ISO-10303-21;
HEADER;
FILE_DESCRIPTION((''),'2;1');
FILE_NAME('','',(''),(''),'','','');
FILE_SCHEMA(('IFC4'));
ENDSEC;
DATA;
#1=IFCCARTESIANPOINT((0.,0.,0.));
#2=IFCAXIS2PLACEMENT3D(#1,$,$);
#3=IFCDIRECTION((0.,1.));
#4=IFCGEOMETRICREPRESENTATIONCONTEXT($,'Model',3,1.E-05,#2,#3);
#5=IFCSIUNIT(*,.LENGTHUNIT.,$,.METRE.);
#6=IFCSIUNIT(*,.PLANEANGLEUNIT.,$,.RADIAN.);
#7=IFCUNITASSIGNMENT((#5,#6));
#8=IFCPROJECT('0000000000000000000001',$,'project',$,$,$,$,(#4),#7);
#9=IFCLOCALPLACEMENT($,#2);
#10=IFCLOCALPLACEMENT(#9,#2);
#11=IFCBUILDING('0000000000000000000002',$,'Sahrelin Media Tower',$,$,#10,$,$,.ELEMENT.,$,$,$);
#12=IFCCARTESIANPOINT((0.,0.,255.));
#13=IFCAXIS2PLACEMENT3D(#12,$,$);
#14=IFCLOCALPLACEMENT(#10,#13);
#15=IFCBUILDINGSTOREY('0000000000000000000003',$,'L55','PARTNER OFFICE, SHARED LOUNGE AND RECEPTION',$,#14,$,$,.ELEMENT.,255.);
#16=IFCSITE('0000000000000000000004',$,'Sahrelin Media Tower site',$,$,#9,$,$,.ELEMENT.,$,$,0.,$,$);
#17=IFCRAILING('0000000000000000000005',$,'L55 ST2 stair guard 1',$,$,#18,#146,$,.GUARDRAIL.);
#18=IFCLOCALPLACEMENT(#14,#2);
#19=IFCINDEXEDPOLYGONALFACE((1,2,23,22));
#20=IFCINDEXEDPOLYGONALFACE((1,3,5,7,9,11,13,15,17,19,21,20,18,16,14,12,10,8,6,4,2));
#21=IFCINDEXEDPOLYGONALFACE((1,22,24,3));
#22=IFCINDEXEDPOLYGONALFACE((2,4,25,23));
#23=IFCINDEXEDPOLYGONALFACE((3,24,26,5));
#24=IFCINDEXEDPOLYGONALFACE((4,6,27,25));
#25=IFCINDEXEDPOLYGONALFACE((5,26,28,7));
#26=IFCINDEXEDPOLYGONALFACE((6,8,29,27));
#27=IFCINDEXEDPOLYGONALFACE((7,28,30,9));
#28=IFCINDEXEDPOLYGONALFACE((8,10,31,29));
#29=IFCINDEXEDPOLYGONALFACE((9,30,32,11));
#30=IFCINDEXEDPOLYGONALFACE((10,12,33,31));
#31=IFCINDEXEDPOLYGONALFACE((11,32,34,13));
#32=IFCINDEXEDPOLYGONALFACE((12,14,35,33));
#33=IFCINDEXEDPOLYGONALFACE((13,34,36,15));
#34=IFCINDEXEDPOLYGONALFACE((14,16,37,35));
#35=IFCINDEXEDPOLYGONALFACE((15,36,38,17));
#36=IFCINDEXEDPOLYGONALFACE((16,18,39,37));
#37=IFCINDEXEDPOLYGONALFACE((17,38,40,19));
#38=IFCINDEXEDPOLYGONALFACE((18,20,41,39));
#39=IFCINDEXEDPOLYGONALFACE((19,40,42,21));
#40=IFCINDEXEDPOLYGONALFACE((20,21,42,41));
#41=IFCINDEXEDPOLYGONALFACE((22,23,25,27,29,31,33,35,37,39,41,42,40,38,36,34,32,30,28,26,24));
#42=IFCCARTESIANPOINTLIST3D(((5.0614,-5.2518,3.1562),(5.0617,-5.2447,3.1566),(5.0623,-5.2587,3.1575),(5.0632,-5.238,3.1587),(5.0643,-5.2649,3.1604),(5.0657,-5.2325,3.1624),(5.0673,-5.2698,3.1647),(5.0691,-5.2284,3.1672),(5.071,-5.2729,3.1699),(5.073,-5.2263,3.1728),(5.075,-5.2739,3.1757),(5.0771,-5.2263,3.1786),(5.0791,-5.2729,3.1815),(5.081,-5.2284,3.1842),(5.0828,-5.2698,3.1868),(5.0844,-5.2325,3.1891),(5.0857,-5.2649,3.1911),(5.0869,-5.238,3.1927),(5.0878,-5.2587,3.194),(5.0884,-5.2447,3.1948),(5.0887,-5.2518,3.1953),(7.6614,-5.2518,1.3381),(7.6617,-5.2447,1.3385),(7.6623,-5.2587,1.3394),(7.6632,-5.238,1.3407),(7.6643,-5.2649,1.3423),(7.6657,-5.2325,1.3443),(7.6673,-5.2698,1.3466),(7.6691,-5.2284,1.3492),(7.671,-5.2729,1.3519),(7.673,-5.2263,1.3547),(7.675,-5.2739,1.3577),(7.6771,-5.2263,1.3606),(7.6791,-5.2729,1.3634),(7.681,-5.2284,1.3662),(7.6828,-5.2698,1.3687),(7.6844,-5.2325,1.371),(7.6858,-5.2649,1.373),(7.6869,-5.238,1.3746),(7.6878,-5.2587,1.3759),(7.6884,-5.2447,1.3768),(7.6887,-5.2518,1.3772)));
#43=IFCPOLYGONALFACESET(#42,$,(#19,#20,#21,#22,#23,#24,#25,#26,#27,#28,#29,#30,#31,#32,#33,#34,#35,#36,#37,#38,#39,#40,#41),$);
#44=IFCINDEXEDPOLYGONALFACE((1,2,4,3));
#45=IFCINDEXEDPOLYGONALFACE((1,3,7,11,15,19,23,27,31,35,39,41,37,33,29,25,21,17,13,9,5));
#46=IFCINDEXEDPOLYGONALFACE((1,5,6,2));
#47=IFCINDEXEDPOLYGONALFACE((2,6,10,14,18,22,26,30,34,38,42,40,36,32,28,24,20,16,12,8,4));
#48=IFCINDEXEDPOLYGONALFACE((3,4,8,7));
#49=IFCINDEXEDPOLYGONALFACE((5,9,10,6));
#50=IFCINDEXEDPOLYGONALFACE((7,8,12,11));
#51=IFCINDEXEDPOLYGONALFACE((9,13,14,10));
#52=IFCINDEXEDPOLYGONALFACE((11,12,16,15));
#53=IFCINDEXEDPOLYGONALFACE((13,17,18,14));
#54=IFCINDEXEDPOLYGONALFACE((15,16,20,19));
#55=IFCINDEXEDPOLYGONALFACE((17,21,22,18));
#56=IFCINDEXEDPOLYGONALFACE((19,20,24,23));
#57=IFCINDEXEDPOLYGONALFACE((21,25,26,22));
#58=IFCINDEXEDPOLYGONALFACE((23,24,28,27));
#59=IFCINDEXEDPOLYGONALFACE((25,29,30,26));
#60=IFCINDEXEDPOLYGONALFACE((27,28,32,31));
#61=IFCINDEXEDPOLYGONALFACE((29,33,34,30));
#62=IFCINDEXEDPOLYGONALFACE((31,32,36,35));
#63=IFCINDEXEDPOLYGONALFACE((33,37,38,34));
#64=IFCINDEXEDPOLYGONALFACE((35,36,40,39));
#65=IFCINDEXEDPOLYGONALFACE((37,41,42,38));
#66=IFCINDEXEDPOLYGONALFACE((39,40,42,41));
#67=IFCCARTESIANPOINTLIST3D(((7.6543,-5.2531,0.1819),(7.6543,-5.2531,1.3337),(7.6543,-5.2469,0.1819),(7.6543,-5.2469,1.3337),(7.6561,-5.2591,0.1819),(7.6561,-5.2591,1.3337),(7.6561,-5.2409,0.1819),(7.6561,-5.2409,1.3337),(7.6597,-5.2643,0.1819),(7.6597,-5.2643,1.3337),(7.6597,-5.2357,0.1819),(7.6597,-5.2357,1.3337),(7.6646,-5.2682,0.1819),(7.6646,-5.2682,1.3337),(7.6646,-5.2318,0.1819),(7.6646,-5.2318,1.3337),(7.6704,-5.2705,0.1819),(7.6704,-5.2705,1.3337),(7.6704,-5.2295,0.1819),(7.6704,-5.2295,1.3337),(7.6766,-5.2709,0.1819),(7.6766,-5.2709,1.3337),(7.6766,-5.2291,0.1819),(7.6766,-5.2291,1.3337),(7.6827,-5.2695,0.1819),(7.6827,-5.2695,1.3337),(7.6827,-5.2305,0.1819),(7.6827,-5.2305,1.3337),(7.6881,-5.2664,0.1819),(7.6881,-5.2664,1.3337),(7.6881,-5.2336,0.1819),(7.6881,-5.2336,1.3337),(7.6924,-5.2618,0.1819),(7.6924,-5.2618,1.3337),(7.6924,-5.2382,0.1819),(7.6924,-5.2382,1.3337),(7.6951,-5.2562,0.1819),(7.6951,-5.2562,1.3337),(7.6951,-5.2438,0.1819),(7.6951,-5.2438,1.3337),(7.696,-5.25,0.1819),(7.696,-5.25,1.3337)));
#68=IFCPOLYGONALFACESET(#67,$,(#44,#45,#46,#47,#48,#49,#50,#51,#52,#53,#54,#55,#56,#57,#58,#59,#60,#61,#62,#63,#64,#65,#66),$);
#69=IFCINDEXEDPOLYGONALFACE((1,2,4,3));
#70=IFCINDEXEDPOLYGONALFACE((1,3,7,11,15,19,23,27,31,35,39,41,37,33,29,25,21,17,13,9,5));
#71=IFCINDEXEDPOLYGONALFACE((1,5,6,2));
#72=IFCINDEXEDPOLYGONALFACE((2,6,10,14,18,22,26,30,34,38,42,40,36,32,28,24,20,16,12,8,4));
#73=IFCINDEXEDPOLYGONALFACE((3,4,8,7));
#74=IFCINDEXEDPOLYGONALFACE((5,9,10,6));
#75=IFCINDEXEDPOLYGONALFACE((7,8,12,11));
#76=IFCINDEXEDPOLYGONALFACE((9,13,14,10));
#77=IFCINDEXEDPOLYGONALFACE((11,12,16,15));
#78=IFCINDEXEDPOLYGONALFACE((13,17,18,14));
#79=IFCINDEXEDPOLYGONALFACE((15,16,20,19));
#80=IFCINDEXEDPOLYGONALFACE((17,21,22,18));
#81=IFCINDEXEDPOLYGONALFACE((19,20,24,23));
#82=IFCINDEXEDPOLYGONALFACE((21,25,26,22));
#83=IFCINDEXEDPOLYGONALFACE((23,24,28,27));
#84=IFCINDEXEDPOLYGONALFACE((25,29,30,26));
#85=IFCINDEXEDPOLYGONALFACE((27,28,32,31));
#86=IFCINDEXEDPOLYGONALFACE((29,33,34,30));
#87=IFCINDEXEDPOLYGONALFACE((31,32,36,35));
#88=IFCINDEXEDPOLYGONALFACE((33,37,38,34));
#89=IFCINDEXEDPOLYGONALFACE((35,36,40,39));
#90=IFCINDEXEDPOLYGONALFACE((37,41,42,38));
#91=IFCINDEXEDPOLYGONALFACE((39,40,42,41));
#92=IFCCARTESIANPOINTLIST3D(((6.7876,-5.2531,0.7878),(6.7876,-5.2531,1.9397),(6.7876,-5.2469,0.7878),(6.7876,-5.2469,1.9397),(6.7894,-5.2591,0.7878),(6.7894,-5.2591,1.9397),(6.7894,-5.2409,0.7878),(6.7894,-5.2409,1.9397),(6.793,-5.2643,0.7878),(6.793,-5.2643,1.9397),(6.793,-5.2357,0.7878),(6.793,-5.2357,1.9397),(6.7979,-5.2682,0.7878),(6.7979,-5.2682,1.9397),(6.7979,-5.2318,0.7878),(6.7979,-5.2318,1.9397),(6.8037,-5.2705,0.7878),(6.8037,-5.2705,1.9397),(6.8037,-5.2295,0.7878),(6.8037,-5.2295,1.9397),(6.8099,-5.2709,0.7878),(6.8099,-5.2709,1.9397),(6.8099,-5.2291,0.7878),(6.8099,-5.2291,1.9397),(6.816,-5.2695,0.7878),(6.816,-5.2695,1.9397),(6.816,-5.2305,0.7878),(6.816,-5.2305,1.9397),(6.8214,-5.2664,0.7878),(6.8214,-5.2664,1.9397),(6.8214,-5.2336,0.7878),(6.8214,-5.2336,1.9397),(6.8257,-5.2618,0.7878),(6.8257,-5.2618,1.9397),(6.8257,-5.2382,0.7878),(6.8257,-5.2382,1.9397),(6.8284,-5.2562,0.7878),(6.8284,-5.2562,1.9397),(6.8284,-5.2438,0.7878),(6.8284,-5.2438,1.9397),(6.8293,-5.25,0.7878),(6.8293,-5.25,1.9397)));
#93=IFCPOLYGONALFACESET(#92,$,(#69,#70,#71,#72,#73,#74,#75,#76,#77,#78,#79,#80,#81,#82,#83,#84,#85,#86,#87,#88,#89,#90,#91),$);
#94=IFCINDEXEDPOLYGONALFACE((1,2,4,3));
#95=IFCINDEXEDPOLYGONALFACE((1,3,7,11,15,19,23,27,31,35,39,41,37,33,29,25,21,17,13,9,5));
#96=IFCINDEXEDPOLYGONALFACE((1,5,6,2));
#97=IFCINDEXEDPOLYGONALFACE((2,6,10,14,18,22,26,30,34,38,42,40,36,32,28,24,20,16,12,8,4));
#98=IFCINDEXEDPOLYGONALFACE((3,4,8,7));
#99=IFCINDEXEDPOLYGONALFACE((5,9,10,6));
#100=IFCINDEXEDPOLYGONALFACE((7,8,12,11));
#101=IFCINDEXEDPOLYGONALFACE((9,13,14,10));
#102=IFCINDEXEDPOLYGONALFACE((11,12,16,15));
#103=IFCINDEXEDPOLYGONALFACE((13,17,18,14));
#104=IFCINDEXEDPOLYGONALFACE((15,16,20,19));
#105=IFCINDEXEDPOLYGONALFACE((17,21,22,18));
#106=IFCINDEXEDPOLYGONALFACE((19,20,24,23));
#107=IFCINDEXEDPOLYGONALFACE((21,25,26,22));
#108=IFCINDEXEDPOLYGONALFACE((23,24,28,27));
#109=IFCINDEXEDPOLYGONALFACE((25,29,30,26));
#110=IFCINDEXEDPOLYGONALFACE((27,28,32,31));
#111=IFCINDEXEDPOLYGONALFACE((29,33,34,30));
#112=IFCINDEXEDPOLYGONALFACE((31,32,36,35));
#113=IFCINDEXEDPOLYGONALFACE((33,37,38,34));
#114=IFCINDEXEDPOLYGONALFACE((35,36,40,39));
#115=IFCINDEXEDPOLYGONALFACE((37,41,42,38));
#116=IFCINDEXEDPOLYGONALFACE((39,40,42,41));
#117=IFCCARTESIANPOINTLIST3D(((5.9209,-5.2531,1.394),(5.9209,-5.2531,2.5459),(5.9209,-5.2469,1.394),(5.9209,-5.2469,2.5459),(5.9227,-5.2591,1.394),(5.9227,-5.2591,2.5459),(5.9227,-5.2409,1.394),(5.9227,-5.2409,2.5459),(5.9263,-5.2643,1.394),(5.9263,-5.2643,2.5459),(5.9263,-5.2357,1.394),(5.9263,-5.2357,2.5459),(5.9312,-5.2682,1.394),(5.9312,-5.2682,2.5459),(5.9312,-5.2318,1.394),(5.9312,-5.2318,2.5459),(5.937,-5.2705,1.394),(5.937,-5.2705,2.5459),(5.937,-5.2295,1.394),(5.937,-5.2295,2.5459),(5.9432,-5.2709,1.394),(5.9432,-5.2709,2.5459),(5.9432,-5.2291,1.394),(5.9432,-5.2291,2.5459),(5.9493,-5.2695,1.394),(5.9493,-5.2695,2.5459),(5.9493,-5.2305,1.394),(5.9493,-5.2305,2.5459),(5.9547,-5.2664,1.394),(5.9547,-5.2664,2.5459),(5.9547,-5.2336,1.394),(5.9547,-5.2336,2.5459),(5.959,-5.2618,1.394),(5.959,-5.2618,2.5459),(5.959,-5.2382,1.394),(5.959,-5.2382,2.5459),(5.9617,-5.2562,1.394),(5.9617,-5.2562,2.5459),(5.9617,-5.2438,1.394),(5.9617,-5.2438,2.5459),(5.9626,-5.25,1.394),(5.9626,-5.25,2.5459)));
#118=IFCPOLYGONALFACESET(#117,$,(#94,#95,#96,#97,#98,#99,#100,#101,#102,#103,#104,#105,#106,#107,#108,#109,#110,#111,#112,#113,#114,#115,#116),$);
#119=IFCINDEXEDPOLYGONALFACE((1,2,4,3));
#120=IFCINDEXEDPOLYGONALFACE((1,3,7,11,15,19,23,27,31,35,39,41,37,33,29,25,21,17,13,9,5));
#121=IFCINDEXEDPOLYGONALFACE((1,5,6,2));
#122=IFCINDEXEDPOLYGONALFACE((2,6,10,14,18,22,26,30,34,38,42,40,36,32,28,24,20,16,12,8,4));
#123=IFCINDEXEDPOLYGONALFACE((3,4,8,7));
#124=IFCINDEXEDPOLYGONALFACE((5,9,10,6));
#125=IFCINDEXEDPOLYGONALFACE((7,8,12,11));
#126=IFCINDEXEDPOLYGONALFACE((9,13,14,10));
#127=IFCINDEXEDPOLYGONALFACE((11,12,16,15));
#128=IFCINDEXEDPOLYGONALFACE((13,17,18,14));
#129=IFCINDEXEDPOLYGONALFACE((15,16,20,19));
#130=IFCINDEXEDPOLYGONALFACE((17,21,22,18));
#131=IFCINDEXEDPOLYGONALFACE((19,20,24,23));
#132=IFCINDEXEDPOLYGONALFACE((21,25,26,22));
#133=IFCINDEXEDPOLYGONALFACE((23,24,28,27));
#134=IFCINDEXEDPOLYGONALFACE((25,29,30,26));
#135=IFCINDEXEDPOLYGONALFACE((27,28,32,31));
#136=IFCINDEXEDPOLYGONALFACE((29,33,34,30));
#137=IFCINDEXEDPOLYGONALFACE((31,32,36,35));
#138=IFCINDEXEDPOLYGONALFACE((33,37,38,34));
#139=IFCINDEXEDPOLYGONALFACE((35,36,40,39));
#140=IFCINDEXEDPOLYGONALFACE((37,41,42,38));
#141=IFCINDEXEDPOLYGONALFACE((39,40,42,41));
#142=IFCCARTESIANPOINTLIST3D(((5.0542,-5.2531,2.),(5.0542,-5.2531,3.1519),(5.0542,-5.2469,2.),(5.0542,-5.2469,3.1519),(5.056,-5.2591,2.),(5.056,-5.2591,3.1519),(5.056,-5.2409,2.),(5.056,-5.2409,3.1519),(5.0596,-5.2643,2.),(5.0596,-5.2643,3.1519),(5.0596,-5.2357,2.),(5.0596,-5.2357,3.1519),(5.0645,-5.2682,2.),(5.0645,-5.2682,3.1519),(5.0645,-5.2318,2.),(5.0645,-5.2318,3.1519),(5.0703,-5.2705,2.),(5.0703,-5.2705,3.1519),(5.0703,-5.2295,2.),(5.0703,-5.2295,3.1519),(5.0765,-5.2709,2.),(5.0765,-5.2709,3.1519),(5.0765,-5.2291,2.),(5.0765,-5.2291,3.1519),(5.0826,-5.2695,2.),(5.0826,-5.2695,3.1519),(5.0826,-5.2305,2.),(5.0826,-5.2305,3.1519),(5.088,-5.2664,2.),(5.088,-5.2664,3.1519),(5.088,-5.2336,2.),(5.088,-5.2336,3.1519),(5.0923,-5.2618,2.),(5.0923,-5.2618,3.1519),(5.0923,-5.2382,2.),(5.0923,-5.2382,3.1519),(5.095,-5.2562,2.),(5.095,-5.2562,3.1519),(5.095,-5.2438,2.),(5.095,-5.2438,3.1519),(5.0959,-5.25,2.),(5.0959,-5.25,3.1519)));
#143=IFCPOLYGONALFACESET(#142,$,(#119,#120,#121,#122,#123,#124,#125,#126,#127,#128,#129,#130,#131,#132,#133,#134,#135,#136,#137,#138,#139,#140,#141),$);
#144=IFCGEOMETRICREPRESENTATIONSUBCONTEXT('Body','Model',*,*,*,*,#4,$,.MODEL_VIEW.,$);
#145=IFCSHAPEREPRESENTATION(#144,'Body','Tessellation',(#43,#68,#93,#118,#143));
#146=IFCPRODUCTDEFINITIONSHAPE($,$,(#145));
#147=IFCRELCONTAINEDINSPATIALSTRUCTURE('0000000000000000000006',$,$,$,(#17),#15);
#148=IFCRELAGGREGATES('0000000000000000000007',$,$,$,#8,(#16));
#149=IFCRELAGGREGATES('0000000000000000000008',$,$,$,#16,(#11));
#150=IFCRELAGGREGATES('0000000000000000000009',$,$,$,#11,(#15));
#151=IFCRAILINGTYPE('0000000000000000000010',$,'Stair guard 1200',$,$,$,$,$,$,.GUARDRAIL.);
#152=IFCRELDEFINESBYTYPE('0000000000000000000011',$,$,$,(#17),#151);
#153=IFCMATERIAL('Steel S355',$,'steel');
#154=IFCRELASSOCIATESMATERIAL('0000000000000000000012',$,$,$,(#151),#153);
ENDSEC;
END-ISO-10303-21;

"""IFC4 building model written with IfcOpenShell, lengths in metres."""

from ifc_helpers import new_model, si_unit, direction, frame, origin, origin_2d, place, context, subcontext, project, spatial, circle, extrude, material, type_object, element, save


model = new_model("IFC4")

# Units and contexts
model_context = context("Model", 3, precision=1e-05, world=origin(), true_north=direction((0.0, 1.0)))
body_context = subcontext(model_context, "Body", "Model", "MODEL_VIEW")
ifc_project = project(units=[si_unit("LENGTHUNIT", "METRE"), si_unit("PLANEANGLEUNIT", "RADIAN")], contexts=[model_context])

# Site, building, storey
site_placement = place(None, origin())
site = spatial("IfcSite", under=ifc_project, at=site_placement, Name="Sahrelin Media Tower site", CompositionType="ELEMENT", RefElevation=0.0)
building_placement = place(site_placement, origin())
building = spatial("IfcBuilding", under=site, at=building_placement, Name="Sahrelin Media Tower", CompositionType="ELEMENT")
storey_placement = place(building_placement, frame((0.0, 0.0, 255.0)))
storey = spatial("IfcBuildingStorey", under=building, at=storey_placement, Name="L55", Description="PARTNER OFFICE, SHARED LOUNGE AND RECEPTION", CompositionType="ELEMENT", Elevation=255.0)

# Shared definitions
ifc_material_1 = material(Name="Steel S355", Category="steel")

# Railing
railing_type_1 = type_object("IfcRailingType", Name="Stair guard 1200", PredefinedType="GUARDRAIL", material=ifc_material_1)
railing_1_placement = place(storey_placement, frame((7.675, -5.25, 0.1819)))
element("IfcRailing", 1, at=railing_1_placement, inside=storey, type_object=railing_type_1, Name="L55 ST2 stair guard 1", PredefinedType="GUARDRAIL", context=body_context, shape_type="SweptSolid", body=[
    extrude(circle(Radius=0.0239, at=origin_2d()), frame((0.0, 0.0, 1.1758), z_axis=(-0.819521, 0.0, 0.573049), x_axis=(0.0, -1.0, 0.0)), (0.0, 0.0, 1.0), 3.1726),
    extrude(circle(Radius=0.021, at=origin_2d()), origin(), (0.0, 0.0, 1.0), 1.1519),
    extrude(circle(Radius=0.021, at=origin_2d()), frame((-0.8667, 0.0, 0.606)), (0.0, 0.0, 1.0), 1.1519),
    extrude(circle(Radius=0.021, at=origin_2d()), frame((-1.7334, 0.0, 1.2122)), (0.0, 0.0, 1.0), 1.1519),
    extrude(circle(Radius=0.021, at=origin_2d()), frame((-2.6001, 0.0, 1.8181)), (0.0, 0.0, 1.0), 1.1519),
])

save(model, "model.ifc")
